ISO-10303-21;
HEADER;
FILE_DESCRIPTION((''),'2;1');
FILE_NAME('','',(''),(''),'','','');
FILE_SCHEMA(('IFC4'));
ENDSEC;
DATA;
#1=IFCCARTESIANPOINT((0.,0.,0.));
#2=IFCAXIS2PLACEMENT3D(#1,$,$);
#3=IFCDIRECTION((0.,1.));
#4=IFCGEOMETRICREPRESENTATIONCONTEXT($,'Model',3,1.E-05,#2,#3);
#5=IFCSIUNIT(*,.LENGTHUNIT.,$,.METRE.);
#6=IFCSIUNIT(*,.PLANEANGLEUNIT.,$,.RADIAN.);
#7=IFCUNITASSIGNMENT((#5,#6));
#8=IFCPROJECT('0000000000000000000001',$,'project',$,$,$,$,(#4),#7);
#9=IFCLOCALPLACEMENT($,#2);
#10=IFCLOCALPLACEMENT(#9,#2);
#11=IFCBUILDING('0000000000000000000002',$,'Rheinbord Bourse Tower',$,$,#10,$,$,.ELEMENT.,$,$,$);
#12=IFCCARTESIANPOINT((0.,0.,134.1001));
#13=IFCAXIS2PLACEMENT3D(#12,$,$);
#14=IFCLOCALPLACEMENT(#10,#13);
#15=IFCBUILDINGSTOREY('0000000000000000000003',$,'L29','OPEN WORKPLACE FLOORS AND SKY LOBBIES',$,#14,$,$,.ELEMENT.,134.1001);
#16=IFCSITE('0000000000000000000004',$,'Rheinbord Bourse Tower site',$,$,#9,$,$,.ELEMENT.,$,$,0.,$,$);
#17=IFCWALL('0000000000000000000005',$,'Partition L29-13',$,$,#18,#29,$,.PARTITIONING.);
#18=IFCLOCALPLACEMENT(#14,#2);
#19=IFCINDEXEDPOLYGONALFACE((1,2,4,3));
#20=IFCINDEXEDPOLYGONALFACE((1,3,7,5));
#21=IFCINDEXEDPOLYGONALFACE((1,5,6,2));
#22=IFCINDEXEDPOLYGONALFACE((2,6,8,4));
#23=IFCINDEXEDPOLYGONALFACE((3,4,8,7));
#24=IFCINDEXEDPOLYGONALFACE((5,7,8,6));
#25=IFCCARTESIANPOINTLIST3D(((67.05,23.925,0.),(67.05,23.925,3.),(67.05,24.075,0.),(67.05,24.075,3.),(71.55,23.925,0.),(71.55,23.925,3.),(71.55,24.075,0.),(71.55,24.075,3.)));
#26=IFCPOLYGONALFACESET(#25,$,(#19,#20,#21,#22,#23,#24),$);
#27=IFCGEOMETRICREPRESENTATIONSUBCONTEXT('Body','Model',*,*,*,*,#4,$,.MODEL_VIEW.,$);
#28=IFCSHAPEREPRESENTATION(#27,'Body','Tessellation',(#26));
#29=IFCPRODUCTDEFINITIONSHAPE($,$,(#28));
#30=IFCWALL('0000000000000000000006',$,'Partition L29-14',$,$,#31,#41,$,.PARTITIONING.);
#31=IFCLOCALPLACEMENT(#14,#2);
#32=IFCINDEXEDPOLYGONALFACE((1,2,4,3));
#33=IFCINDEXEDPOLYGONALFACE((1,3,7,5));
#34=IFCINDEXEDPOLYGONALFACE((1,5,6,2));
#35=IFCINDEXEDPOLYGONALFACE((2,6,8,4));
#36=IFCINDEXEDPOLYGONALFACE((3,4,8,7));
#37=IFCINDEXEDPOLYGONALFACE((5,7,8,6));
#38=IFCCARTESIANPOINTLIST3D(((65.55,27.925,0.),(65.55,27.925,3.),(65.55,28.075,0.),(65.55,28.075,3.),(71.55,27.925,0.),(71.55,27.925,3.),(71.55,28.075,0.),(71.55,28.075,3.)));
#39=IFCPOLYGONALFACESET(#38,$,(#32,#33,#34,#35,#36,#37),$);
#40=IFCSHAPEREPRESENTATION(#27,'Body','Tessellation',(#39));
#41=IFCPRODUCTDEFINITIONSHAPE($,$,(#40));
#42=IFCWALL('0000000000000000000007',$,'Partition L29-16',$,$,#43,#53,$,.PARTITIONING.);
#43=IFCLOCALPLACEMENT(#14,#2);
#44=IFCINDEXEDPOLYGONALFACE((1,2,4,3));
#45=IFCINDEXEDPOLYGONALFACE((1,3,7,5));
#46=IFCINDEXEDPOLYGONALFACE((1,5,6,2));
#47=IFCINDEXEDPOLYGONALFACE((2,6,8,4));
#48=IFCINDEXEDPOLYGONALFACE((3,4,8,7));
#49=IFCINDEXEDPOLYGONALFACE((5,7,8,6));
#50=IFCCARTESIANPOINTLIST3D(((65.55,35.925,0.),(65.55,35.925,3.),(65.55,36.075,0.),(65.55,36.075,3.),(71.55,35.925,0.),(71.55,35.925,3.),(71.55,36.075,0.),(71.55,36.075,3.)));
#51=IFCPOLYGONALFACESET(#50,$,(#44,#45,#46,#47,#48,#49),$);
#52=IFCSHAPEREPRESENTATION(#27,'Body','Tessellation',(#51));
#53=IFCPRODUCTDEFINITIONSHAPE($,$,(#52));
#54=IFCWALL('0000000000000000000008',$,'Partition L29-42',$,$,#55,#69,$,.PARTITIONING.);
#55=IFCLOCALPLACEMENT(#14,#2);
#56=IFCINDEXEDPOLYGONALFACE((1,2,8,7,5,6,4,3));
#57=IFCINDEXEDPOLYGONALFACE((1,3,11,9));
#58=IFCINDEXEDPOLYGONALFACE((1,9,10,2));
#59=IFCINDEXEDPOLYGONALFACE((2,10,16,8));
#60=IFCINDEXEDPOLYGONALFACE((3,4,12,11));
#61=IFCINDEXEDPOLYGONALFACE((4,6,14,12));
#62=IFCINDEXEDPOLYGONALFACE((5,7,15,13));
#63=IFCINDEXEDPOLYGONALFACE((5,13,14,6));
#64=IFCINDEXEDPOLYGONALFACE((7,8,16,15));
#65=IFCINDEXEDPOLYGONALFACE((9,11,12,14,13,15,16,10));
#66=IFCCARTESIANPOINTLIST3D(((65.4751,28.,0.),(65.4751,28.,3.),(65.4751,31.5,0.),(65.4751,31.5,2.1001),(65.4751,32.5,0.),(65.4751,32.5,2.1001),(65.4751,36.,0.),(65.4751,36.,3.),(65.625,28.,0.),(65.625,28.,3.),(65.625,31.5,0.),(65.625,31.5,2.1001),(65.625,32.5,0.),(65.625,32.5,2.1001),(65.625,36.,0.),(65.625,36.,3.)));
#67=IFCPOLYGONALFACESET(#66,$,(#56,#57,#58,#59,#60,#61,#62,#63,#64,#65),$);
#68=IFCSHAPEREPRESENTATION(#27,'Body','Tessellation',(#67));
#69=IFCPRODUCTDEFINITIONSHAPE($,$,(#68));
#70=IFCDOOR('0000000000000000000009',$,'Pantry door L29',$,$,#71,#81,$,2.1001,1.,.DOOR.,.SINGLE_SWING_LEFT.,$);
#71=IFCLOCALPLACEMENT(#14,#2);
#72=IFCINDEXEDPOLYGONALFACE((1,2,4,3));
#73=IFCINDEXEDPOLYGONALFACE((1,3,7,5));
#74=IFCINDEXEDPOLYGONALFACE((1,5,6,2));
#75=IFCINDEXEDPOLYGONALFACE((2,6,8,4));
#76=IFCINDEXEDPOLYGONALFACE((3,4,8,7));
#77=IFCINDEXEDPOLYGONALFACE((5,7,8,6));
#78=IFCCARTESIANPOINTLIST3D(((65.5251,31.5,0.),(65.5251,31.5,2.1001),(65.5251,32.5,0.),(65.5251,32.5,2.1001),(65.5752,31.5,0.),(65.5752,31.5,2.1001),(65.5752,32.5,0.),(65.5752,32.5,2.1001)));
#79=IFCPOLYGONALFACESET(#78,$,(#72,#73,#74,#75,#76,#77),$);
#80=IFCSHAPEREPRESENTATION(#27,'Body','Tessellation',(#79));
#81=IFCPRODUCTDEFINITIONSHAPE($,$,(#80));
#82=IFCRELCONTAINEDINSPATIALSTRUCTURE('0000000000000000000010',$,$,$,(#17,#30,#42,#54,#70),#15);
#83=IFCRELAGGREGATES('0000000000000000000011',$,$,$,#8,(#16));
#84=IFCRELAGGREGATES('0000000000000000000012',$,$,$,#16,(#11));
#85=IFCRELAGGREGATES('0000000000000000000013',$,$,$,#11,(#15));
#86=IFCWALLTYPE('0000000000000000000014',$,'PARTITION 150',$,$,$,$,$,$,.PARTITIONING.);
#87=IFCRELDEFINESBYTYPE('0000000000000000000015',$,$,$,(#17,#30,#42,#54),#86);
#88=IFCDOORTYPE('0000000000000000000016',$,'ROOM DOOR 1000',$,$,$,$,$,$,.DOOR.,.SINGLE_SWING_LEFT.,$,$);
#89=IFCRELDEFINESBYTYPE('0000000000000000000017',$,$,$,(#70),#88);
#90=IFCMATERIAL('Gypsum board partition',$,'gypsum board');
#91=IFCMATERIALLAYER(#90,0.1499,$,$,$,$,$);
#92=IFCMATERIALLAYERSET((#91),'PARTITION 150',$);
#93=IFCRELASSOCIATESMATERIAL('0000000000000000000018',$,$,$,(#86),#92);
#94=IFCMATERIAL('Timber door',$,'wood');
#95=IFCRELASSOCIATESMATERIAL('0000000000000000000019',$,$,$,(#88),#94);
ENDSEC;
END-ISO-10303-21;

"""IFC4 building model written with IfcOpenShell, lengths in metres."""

from ifc_helpers import new_model, si_unit, direction, frame, frame_2d, origin, place, context, subcontext, project, spatial, rectangle, extrude, material, layer, layer_set, type_object, element, fill, save


model = new_model("IFC4")

# Units and contexts
model_context = context("Model", 3, precision=1e-05, world=origin(), true_north=direction((0.0, 1.0)))
body_context = subcontext(model_context, "Body", "Model", "MODEL_VIEW")
ifc_project = project(units=[si_unit("LENGTHUNIT", "METRE"), si_unit("PLANEANGLEUNIT", "RADIAN")], contexts=[model_context])

# Site, building, storey
site_placement = place(None, origin())
site = spatial("IfcSite", under=ifc_project, at=site_placement, Name="Rheinbord Bourse Tower site", CompositionType="ELEMENT", RefElevation=0.0)
building_placement = place(site_placement, origin())
building = spatial("IfcBuilding", under=site, at=building_placement, Name="Rheinbord Bourse Tower", CompositionType="ELEMENT")
storey_placement = place(building_placement, frame((0.0, 0.0, 134.1001)))
storey = spatial("IfcBuildingStorey", under=building, at=storey_placement, Name="L29", Description="OPEN WORKPLACE FLOORS AND SKY LOBBIES", CompositionType="ELEMENT", Elevation=134.1001)

# Walls
ifc_material_1 = material(Name="Gypsum board partition", Category="gypsum board")
ifc_layer_1 = layer(ifc_material_1, 0.1499)
ifc_layer_set_1 = layer_set([ifc_layer_1], Name="PARTITION 150")
wall_type_1 = type_object("IfcWallType", Name="PARTITION 150", PredefinedType="PARTITIONING", material=ifc_layer_set_1)
wall_1_placement = place(storey_placement, frame((67.05, 24.0, 0.0), z_axis=(0.0, 0.0, 1.0), x_axis=(1.0, 0.0, 0.0)))
element("IfcWall", 1, at=wall_1_placement, inside=storey, type_object=wall_type_1, Name="Partition L29-13", PredefinedType="PARTITIONING", context=body_context, shape_type="SweptSolid", body=[
    extrude(rectangle(XDim=4.5, YDim=0.1499, at=frame_2d((2.25, 0.0))), origin(), (0.0, 0.0, 1.0), 3.0),
])
for number, where, z_axis, x_axis, name in (
    (2, (65.55, 28.0, 0.0), (0.0, 0.0, 1.0), (1.0, 0.0, 0.0), "Partition L29-14"),
    (3, (65.55, 36.0, 0.0), (0.0, 0.0, 1.0), (1.0, 0.0, 0.0), "Partition L29-16"),
):
    element("IfcWall", number, at=place(storey_placement, frame(where, z_axis=z_axis, x_axis=x_axis)), inside=storey, type_object=wall_type_1, Name=name, PredefinedType="PARTITIONING", context=body_context, shape_type="SweptSolid", body=[
        extrude(rectangle(XDim=6.0, YDim=0.1499, at=frame_2d((3.0, 0.0))), origin(), (0.0, 0.0, 1.0), 3.0),
    ])

# Wall, opening, door
wall_2_placement = place(storey_placement, frame((65.55, 28.0, 0.0), z_axis=(0.0, 0.0, 1.0), x_axis=(0.0, 1.0, 0.0)))
wall_2 = element("IfcWall", 4, at=wall_2_placement, inside=storey, type_object=wall_type_1, Name="Partition L29-42", PredefinedType="PARTITIONING", context=body_context, shape_type="SweptSolid", body=[
    extrude(rectangle(XDim=8.0, YDim=0.1499, at=frame_2d((4.0, 0.0))), origin(), (0.0, 0.0, 1.0), 3.0),
])
opening_placement = place(wall_2_placement, frame((3.5, 0.0, 0.0)))
opening = element("IfcOpeningElement", 5, at=opening_placement, cuts=wall_2, PredefinedType="OPENING", context=body_context, shape_type="SweptSolid", body=[
    extrude(rectangle(XDim=1.0, YDim=2.1001, at=frame_2d((0.5, 1.05))), frame((0.0, 0.085, 0.0), z_axis=(0.0, -1.0, 0.0), x_axis=(1.0, 0.0, 0.0)), (0.0, 0.0, 1.0), 0.1699),
])
ifc_material_2 = material(Name="Timber door", Category="wood")
door_type = type_object("IfcDoorType", Name="ROOM DOOR 1000", OperationType="SINGLE_SWING_LEFT", PredefinedType="DOOR", material=ifc_material_2)
door_placement = place(opening_placement, origin())
door = element("IfcDoor", 6, at=door_placement, inside=storey, type_object=door_type, Name="Pantry door L29", OperationType="SINGLE_SWING_LEFT", OverallHeight=2.1001, OverallWidth=1.0, PredefinedType="DOOR", context=body_context, shape_type="SweptSolid", body=[
    extrude(rectangle(XDim=1.0, YDim=2.1001, at=frame_2d((0.5, 1.05))), frame((0.0, 0.0249, 0.0), z_axis=(0.0, -1.0, 0.0), x_axis=(1.0, 0.0, 0.0)), (0.0, 0.0, 1.0), 0.05),
])
fill(opening, door)

save(model, "model.ifc")
